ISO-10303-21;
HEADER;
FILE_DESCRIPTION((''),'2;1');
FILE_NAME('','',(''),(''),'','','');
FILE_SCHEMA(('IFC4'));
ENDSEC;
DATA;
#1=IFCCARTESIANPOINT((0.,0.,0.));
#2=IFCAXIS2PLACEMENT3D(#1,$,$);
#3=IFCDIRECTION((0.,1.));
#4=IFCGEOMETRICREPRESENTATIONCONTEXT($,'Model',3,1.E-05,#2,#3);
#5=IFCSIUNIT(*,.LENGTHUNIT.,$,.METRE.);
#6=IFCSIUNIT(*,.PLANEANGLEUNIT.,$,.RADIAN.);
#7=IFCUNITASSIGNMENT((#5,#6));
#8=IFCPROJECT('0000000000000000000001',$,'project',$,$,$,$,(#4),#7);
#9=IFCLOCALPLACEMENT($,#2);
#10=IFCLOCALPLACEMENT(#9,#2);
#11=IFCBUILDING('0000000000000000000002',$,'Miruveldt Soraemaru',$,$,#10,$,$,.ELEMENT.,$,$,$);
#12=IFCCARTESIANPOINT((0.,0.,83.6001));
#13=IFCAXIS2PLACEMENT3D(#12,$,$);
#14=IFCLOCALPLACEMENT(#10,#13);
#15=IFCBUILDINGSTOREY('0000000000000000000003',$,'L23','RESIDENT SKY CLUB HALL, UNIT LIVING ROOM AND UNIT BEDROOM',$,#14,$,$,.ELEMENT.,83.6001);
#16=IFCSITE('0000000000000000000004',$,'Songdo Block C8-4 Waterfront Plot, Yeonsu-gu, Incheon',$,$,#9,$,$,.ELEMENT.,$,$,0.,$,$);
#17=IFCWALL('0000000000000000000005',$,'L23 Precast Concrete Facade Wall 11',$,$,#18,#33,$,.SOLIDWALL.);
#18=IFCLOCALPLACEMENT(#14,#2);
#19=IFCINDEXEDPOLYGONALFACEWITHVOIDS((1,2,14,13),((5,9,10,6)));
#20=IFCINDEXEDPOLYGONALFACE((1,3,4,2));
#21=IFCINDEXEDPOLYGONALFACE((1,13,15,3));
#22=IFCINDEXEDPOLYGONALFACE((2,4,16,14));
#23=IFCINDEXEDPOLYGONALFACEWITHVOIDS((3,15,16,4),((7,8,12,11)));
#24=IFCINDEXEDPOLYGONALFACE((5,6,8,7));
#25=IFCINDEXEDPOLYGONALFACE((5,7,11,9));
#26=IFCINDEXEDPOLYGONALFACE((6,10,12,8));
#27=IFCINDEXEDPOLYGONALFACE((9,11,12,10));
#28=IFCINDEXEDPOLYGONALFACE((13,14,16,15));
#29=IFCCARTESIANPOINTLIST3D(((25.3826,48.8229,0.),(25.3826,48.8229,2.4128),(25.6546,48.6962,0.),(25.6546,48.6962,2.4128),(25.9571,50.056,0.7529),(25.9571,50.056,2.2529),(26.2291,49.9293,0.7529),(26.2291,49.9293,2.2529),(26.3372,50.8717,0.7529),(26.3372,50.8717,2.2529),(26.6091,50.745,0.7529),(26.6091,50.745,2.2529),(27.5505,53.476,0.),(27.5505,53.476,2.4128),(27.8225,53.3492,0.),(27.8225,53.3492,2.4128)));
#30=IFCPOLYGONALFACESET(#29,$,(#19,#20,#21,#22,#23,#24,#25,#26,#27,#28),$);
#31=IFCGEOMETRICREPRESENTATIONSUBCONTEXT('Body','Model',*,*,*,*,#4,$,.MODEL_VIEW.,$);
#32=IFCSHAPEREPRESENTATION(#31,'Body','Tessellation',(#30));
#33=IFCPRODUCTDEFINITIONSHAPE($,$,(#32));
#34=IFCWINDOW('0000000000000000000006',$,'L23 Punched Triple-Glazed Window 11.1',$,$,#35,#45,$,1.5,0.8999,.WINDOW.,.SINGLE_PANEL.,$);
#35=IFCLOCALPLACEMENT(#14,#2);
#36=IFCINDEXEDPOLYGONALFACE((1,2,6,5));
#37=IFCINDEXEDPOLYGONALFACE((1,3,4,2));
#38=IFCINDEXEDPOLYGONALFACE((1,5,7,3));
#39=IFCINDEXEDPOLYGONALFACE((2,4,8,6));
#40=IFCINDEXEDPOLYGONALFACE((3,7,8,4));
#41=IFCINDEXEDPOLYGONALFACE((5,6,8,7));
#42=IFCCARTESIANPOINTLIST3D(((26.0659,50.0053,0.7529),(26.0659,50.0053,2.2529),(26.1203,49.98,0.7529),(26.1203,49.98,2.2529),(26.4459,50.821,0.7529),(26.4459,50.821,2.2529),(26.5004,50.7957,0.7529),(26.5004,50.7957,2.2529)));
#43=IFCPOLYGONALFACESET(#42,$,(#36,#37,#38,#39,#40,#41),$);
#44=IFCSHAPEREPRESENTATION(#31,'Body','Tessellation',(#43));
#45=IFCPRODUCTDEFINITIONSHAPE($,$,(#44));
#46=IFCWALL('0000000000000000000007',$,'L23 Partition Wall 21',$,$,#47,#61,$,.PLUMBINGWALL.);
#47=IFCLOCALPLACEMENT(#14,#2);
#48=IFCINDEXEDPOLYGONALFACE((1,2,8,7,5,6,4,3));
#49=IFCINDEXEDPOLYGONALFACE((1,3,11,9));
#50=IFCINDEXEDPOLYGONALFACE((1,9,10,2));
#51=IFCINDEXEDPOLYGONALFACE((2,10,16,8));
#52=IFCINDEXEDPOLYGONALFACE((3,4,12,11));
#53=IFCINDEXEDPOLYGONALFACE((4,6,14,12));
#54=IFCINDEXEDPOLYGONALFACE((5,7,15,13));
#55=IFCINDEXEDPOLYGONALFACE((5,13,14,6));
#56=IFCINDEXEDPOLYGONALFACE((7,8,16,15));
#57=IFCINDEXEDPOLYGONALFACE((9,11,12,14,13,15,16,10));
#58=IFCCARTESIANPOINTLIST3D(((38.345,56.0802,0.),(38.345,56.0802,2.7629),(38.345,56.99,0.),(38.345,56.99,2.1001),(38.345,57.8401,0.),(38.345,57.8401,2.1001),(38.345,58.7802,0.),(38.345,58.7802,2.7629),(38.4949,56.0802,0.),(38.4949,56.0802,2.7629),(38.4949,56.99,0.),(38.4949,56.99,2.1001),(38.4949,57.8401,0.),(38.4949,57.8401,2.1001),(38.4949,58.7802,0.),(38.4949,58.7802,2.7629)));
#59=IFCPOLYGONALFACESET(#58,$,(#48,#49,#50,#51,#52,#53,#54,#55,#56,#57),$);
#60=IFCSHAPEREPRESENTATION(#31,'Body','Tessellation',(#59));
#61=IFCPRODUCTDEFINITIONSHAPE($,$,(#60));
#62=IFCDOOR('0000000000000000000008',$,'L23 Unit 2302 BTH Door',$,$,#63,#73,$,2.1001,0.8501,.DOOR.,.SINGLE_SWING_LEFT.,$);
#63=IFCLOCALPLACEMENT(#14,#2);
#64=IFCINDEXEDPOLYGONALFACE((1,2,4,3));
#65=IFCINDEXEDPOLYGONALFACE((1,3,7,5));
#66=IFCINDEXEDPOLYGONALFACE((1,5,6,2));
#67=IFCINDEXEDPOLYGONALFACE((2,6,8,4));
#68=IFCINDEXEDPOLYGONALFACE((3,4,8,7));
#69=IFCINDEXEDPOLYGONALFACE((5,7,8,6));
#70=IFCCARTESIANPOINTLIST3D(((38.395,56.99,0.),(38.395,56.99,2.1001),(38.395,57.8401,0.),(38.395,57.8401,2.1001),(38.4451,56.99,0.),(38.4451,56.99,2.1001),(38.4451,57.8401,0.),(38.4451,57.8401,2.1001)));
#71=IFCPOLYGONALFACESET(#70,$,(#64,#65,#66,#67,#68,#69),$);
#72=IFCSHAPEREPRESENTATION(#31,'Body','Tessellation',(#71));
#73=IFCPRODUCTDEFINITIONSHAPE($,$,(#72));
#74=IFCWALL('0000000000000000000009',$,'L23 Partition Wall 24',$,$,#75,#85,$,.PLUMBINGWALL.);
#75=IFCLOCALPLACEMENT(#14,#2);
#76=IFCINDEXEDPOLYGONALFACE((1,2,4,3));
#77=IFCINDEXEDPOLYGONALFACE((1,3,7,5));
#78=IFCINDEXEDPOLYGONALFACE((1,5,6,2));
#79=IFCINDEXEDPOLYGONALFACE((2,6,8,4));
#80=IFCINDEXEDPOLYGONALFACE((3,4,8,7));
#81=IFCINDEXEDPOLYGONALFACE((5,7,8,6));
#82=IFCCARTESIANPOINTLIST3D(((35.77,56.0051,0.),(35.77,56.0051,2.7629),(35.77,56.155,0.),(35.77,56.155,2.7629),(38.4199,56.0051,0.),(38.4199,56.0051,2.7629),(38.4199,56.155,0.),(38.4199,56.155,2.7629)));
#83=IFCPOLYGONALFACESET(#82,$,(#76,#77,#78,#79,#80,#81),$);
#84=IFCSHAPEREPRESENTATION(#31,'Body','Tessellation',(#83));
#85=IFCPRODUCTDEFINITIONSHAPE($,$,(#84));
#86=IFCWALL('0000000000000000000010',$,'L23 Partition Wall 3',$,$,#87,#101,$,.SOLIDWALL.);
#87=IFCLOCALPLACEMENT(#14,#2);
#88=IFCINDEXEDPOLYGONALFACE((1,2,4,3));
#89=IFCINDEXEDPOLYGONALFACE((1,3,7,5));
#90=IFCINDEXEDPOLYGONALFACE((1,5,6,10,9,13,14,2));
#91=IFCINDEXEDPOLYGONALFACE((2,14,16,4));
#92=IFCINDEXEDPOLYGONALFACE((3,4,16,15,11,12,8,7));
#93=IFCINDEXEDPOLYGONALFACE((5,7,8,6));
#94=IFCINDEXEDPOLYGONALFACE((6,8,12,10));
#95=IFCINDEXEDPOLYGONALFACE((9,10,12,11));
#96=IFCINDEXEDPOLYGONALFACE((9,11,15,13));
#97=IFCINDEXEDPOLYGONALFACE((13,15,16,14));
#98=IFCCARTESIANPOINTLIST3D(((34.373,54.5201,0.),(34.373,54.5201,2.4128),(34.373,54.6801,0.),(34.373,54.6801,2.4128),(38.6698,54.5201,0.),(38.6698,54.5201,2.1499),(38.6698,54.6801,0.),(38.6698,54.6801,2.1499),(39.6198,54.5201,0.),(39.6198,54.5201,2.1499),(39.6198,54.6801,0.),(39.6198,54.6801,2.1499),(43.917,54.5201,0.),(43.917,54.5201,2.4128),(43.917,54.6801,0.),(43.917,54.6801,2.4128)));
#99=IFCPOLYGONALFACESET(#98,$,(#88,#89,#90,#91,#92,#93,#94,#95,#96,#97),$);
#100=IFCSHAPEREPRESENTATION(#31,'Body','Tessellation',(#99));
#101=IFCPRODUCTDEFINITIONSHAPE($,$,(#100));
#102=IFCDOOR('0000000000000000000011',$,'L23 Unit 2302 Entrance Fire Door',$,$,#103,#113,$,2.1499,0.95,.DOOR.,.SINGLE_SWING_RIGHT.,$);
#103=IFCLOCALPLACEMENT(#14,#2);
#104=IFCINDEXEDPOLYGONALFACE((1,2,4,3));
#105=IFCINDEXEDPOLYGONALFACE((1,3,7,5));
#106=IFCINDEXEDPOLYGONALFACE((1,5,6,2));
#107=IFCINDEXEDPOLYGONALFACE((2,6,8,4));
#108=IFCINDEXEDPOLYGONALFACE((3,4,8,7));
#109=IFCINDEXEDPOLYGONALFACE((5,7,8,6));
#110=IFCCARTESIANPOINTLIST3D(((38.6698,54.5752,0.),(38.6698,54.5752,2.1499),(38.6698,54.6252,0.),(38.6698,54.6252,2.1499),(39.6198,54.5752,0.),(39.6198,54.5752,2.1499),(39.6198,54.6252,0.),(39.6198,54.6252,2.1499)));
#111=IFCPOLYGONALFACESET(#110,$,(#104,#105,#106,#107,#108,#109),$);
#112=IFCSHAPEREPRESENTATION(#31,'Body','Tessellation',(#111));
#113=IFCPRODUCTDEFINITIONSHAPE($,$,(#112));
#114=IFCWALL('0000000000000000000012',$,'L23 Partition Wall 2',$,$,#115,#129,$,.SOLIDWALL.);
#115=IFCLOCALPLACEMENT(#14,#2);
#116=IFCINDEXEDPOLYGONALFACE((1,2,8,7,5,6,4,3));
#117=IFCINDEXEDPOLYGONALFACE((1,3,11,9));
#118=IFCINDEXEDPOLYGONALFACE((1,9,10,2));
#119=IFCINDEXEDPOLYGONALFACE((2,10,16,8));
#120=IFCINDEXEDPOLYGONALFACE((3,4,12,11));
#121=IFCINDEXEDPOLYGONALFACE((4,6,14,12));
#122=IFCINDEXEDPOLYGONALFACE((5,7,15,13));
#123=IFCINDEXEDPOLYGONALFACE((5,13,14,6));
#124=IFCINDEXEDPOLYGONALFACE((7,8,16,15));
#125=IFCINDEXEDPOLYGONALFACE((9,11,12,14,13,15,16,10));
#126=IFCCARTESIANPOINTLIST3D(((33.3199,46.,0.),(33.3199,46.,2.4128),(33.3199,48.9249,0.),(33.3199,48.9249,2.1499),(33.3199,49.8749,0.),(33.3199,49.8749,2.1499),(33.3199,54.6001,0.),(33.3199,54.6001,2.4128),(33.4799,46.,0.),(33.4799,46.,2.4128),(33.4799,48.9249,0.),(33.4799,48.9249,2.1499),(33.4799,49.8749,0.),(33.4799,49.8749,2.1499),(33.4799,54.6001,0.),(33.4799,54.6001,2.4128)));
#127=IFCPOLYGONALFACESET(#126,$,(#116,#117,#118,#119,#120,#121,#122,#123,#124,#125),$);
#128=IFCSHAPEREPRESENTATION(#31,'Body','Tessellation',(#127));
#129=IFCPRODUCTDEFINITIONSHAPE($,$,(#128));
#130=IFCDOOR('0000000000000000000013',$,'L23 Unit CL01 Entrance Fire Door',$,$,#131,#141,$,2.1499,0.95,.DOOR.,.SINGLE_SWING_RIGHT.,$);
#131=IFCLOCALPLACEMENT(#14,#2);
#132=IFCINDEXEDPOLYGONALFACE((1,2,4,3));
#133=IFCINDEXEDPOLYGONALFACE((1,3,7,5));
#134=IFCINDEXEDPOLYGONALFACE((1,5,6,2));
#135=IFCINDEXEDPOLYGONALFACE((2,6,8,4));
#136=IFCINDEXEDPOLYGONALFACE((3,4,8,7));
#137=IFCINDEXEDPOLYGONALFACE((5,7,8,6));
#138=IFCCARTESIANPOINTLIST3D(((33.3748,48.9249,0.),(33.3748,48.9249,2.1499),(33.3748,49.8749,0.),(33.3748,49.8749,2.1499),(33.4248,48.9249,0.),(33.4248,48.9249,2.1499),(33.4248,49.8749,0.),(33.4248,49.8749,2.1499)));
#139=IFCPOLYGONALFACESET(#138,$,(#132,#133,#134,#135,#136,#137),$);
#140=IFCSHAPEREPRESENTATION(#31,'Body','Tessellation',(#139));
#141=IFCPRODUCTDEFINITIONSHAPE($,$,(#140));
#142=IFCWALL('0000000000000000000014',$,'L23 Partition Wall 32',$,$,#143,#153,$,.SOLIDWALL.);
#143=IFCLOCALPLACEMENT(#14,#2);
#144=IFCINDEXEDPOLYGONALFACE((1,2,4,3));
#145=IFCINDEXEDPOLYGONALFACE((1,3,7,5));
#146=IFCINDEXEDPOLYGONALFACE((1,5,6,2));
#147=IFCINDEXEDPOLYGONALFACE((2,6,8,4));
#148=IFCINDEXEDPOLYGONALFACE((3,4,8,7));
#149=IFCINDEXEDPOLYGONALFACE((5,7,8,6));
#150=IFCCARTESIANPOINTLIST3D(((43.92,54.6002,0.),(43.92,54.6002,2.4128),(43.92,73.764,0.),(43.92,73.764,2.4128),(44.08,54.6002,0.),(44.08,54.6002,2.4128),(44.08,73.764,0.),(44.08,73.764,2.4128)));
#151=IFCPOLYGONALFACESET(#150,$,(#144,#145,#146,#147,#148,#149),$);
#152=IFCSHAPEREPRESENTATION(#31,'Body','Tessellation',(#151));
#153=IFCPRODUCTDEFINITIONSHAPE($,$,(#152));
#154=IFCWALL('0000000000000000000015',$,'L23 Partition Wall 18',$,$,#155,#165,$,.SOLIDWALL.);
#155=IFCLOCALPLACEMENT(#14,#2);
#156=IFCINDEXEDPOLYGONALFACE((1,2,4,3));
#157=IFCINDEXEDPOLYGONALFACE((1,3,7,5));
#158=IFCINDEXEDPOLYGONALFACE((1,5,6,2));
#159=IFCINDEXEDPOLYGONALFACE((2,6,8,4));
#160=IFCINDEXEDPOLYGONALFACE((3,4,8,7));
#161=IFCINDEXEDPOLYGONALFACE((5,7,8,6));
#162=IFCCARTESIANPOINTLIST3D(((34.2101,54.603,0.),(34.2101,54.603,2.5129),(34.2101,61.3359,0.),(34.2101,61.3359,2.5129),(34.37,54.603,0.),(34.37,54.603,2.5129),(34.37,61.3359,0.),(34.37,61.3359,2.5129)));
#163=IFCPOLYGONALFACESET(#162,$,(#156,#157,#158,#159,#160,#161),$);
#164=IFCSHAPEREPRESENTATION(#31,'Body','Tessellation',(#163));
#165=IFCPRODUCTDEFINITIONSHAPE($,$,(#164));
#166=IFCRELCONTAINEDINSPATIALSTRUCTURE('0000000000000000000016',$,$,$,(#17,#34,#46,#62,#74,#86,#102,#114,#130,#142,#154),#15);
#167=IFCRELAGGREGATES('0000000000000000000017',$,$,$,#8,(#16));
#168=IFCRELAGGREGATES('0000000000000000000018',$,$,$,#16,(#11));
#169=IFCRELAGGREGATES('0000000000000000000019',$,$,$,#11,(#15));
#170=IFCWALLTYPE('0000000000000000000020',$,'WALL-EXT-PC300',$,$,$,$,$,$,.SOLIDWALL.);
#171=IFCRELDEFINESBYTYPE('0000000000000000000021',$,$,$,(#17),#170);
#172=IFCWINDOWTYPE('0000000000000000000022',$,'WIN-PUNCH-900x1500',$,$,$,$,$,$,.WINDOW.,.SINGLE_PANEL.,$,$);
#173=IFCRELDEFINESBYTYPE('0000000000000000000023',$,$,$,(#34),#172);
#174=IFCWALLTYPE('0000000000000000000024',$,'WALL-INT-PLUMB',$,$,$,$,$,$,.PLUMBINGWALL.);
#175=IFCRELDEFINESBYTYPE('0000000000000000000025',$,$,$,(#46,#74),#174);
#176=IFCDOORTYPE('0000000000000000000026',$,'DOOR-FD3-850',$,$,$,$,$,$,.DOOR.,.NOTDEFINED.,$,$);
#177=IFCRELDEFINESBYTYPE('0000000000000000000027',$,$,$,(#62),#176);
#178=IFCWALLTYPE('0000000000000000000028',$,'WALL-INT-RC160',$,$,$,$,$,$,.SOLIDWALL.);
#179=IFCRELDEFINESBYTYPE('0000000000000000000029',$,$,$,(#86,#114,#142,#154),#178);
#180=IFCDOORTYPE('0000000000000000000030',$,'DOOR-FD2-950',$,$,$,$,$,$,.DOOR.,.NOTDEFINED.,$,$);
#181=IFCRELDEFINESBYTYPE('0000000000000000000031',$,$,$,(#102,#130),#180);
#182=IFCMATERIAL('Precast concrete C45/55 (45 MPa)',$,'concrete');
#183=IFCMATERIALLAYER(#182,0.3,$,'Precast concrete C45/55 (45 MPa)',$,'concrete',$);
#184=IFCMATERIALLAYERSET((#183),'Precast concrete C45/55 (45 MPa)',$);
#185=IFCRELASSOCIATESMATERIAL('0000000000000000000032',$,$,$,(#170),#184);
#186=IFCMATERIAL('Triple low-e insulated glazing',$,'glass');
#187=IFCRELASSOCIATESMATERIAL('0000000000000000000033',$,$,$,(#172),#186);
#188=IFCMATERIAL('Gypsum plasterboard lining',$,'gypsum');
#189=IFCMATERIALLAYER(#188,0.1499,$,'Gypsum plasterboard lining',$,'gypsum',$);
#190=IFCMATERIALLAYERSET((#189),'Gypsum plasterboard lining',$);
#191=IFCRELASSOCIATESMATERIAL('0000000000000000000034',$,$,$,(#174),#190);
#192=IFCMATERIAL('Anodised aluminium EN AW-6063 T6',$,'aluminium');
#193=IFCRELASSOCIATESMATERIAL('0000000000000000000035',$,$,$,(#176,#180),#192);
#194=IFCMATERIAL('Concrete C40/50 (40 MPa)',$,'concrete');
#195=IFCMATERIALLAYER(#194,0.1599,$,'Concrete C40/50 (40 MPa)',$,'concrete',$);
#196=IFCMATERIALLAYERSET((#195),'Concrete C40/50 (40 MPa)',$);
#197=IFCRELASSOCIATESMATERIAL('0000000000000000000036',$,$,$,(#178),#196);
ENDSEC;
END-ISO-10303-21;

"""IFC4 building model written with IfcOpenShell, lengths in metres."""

from ifc_helpers import new_model, si_unit, direction, frame, frame_2d, origin, place, context, subcontext, project, spatial, rectangle, extrude, material, layer, layer_set, type_object, element, fill, save


model = new_model("IFC4")

# Units and contexts
model_context = context("Model", 3, precision=1e-05, world=origin(), true_north=direction((0.0, 1.0)))
body_context = subcontext(model_context, "Body", "Model", "MODEL_VIEW")
ifc_project = project(units=[si_unit("LENGTHUNIT", "METRE"), si_unit("PLANEANGLEUNIT", "RADIAN")], contexts=[model_context])

# Site, building, storey
site_placement = place(None, origin())
site = spatial("IfcSite", under=ifc_project, at=site_placement, Name="Songdo Block C8-4 Waterfront Plot, Yeonsu-gu, Incheon", CompositionType="ELEMENT", RefElevation=0.0)
building_placement = place(site_placement, origin())
building = spatial("IfcBuilding", under=site, at=building_placement, Name="Miruveldt Soraemaru", CompositionType="ELEMENT")
storey_placement = place(building_placement, frame((0.0, 0.0, 83.6001)))
storey = spatial("IfcBuildingStorey", under=building, at=storey_placement, Name="L23", Description="RESIDENT SKY CLUB HALL, UNIT LIVING ROOM AND UNIT BEDROOM", CompositionType="ELEMENT", Elevation=83.6001)

# Shared definitions
ifc_material_1 = material(Name="Anodised aluminium EN AW-6063 T6", Category="aluminium")

# Wall, opening, window
ifc_material_2 = material(Name="Precast concrete C45/55 (45 MPa)", Category="concrete")
ifc_layer_1 = layer(ifc_material_2, 0.3, Name="Precast concrete C45/55 (45 MPa)", Category="concrete")
ifc_layer_set_1 = layer_set([ifc_layer_1], Name="Precast concrete C45/55 (45 MPa)")
wall_type_1 = type_object("IfcWallType", Name="WALL-EXT-PC300", PredefinedType="SOLIDWALL", material=ifc_layer_set_1)
ifc_material_3 = material(Name="Triple low-e insulated glazing", Category="glass")
wall_1_placement = place(storey_placement, frame((27.6865, 53.4126, 0.0), z_axis=(0.0, 0.0, 1.0), x_axis=(-0.422331, -0.906442, 0.0)))
wall_1 = element("IfcWall", 1, at=wall_1_placement, inside=storey, type_object=wall_type_1, Name="L23 Precast Concrete Facade Wall 11", PredefinedType="SOLIDWALL", context=body_context, shape_type="SweptSolid", body=[
    extrude(rectangle(XDim=5.1333, YDim=0.3, at=frame_2d((2.5667, 0.0))), origin(), (0.0, 0.0, 1.0), 2.4128),
])
opening_1_placement = place(wall_1_placement, frame((2.873, 0.0, 0.7529)))
opening_1 = element("IfcOpeningElement", 2, at=opening_1_placement, cuts=wall_1, PredefinedType="OPENING", context=body_context, shape_type="SweptSolid", body=[
    extrude(rectangle(XDim=0.8999, YDim=1.5, at=frame_2d((0.45, 0.75))), frame((0.0, 0.1602, 0.0), z_axis=(0.0, -1.0, 0.0), x_axis=(1.0, 0.0, 0.0)), (0.0, 0.0, 1.0), 0.3201),
])
window_type_1 = type_object("IfcWindowType", Name="WIN-PUNCH-900x1500", PartitioningType="SINGLE_PANEL", PredefinedType="WINDOW", material=ifc_material_3)
window_1_placement = place(opening_1_placement, origin())
window_1 = element("IfcWindow", 3, at=window_1_placement, inside=storey, type_object=window_type_1, Name="L23 Punched Triple-Glazed Window 11.1", OverallHeight=1.5, OverallWidth=0.8999, PartitioningType="SINGLE_PANEL", PredefinedType="WINDOW", context=body_context, shape_type="SweptSolid", body=[
    extrude(rectangle(XDim=0.8999, YDim=1.5, at=frame_2d((0.45, 0.75))), frame((0.0, 0.03, 0.0), z_axis=(0.0, -1.0, 0.0), x_axis=(1.0, 0.0, 0.0)), (0.0, 0.0, 1.0), 0.0601),
])
fill(opening_1, window_1)

# Wall, opening, door
ifc_material_4 = material(Name="Gypsum plasterboard lining", Category="gypsum")
ifc_layer_2 = layer(ifc_material_4, 0.1499, Name="Gypsum plasterboard lining", Category="gypsum")
ifc_layer_set_2 = layer_set([ifc_layer_2], Name="Gypsum plasterboard lining")
wall_type_2 = type_object("IfcWallType", Name="WALL-INT-PLUMB", PredefinedType="PLUMBINGWALL", material=ifc_layer_set_2)
wall_2_placement = place(storey_placement, frame((38.4199, 56.0801, 0.0), z_axis=(0.0, 0.0, 1.0), x_axis=(0.0, 1.0, 0.0)))
wall_2 = element("IfcWall", 4, at=wall_2_placement, inside=storey, type_object=wall_type_2, Name="L23 Partition Wall 21", PredefinedType="PLUMBINGWALL", context=body_context, shape_type="SweptSolid", body=[
    extrude(rectangle(XDim=2.7, YDim=0.1499, at=frame_2d((1.3501, 0.0))), origin(), (0.0, 0.0, 1.0), 2.7629),
])
opening_2_placement = place(wall_2_placement, frame((0.9099, 0.0, 0.0)))
opening_2 = element("IfcOpeningElement", 5, at=opening_2_placement, cuts=wall_2, PredefinedType="OPENING", context=body_context, shape_type="SweptSolid", body=[
    extrude(rectangle(XDim=0.8501, YDim=2.1001, at=frame_2d((0.425, 1.05))), frame((0.0, 0.085, 0.0), z_axis=(0.0, -1.0, 0.0), x_axis=(1.0, 0.0, 0.0)), (0.0, 0.0, 1.0), 0.1699),
])
door_type_1 = type_object("IfcDoorType", Name="DOOR-FD3-850", OperationType="NOTDEFINED", PredefinedType="DOOR", material=ifc_material_1)
door_1_placement = place(opening_2_placement, origin())
door_1 = element("IfcDoor", 6, at=door_1_placement, inside=storey, type_object=door_type_1, Name="L23 Unit 2302 BTH Door", OperationType="SINGLE_SWING_LEFT", OverallHeight=2.1001, OverallWidth=0.8501, PredefinedType="DOOR", context=body_context, shape_type="SweptSolid", body=[
    extrude(rectangle(XDim=0.8501, YDim=2.1001, at=frame_2d((0.425, 1.05))), frame((0.0, 0.0249, 0.0), z_axis=(0.0, -1.0, 0.0), x_axis=(1.0, 0.0, 0.0)), (0.0, 0.0, 1.0), 0.05),
])
fill(opening_2, door_1)

# Wall
wall_3_placement = place(storey_placement, frame((35.77, 56.0801, 0.0), z_axis=(0.0, 0.0, 1.0), x_axis=(1.0, 0.0, 0.0)))
element("IfcWall", 7, at=wall_3_placement, inside=storey, type_object=wall_type_2, Name="L23 Partition Wall 24", PredefinedType="PLUMBINGWALL", context=body_context, shape_type="SweptSolid", body=[
    extrude(rectangle(XDim=2.6499, YDim=0.1499, at=frame_2d((1.325, 0.0))), origin(), (0.0, 0.0, 1.0), 2.7629),
])

# Walls, openings, doors
ifc_material_5 = material(Name="Concrete C40/50 (40 MPa)", Category="concrete")
ifc_layer_3 = layer(ifc_material_5, 0.1599, Name="Concrete C40/50 (40 MPa)", Category="concrete")
ifc_layer_set_3 = layer_set([ifc_layer_3], Name="Concrete C40/50 (40 MPa)")
wall_type_3 = type_object("IfcWallType", Name="WALL-INT-RC160", PredefinedType="SOLIDWALL", material=ifc_layer_set_3)
wall_4_placement = place(storey_placement, frame((43.917, 54.6001, 0.0), z_axis=(0.0, 0.0, 1.0), x_axis=(-1.0, 0.0, 0.0)))
wall_4 = element("IfcWall", 8, at=wall_4_placement, inside=storey, type_object=wall_type_3, Name="L23 Partition Wall 3", PredefinedType="SOLIDWALL", context=body_context, shape_type="SweptSolid", body=[
    extrude(rectangle(XDim=9.5439, YDim=0.1599, at=frame_2d((4.772, 0.0))), origin(), (0.0, 0.0, 1.0), 2.4128),
])
opening_3_placement = place(wall_4_placement, frame((4.2971, 0.0, 0.0)))
opening_3 = element("IfcOpeningElement", 9, at=opening_3_placement, cuts=wall_4, PredefinedType="OPENING", context=body_context, shape_type="SweptSolid", body=[
    extrude(rectangle(XDim=0.95, YDim=2.1499, at=frame_2d((0.4751, 1.075))), frame((0.0, 0.0898, 0.0), z_axis=(0.0, -1.0, 0.0), x_axis=(1.0, 0.0, 0.0)), (0.0, 0.0, 1.0), 0.1799),
])
door_type_2 = type_object("IfcDoorType", Name="DOOR-FD2-950", OperationType="NOTDEFINED", PredefinedType="DOOR", material=ifc_material_1)
door_2_placement = place(opening_3_placement, origin())
door_2 = element("IfcDoor", 10, at=door_2_placement, inside=storey, type_object=door_type_2, Name="L23 Unit 2302 Entrance Fire Door", OperationType="SINGLE_SWING_RIGHT", OverallHeight=2.1499, OverallWidth=0.95, PredefinedType="DOOR", context=body_context, shape_type="SweptSolid", body=[
    extrude(rectangle(XDim=0.95, YDim=2.1499, at=frame_2d((0.4751, 1.075))), frame((0.0, 0.0249, 0.0), z_axis=(0.0, -1.0, 0.0), x_axis=(1.0, 0.0, 0.0)), (0.0, 0.0, 1.0), 0.05),
])
fill(opening_3, door_2)
wall_5_placement = place(storey_placement, frame((33.3999, 54.6001, 0.0), z_axis=(0.0, 0.0, 1.0), x_axis=(0.0, -1.0, 0.0)))
wall_5 = element("IfcWall", 11, at=wall_5_placement, inside=storey, type_object=wall_type_3, Name="L23 Partition Wall 2", PredefinedType="SOLIDWALL", context=body_context, shape_type="SweptSolid", body=[
    extrude(rectangle(XDim=8.6001, YDim=0.1599, at=frame_2d((4.3, 0.0))), origin(), (0.0, 0.0, 1.0), 2.4128),
])
opening_4_placement = place(wall_5_placement, frame((4.7251, 0.0, 0.0)))
opening_4 = element("IfcOpeningElement", 12, at=opening_4_placement, cuts=wall_5, PredefinedType="OPENING", context=body_context, shape_type="SweptSolid", body=[
    extrude(rectangle(XDim=0.95, YDim=2.1499, at=frame_2d((0.4751, 1.075))), frame((0.0, 0.0898, 0.0), z_axis=(0.0, -1.0, 0.0), x_axis=(1.0, 0.0, 0.0)), (0.0, 0.0, 1.0), 0.1799),
])
door_3_placement = place(opening_4_placement, origin())
door_3 = element("IfcDoor", 13, at=door_3_placement, inside=storey, type_object=door_type_2, Name="L23 Unit CL01 Entrance Fire Door", OperationType="SINGLE_SWING_RIGHT", OverallHeight=2.1499, OverallWidth=0.95, PredefinedType="DOOR", context=body_context, shape_type="SweptSolid", body=[
    extrude(rectangle(XDim=0.95, YDim=2.1499, at=frame_2d((0.4751, 1.075))), frame((0.0, 0.0249, 0.0), z_axis=(0.0, -1.0, 0.0), x_axis=(1.0, 0.0, 0.0)), (0.0, 0.0, 1.0), 0.05),
])
fill(opening_4, door_3)

# Walls
wall_6_placement = place(storey_placement, frame((44.0, 54.6001, 0.0), z_axis=(0.0, 0.0, 1.0), x_axis=(0.0, 1.0, 0.0)))
element("IfcWall", 14, at=wall_6_placement, inside=storey, type_object=wall_type_3, Name="L23 Partition Wall 32", PredefinedType="SOLIDWALL", context=body_context, shape_type="SweptSolid", body=[
    extrude(rectangle(XDim=19.1638, YDim=0.1599, at=frame_2d((9.582, 0.0))), origin(), (0.0, 0.0, 1.0), 2.4128),
])
wall_7_placement = place(storey_placement, frame((34.29, 54.603, 0.0), z_axis=(0.0, 0.0, 1.0), x_axis=(0.0, 1.0, 0.0)))
element("IfcWall", 15, at=wall_7_placement, inside=storey, type_object=wall_type_3, Name="L23 Partition Wall 18", PredefinedType="SOLIDWALL", context=body_context, shape_type="SweptSolid", body=[
    extrude(rectangle(XDim=6.7329, YDim=0.1599, at=frame_2d((3.3665, 0.0))), origin(), (0.0, 0.0, 1.0), 2.5129),
])

save(model, "model.ifc")
